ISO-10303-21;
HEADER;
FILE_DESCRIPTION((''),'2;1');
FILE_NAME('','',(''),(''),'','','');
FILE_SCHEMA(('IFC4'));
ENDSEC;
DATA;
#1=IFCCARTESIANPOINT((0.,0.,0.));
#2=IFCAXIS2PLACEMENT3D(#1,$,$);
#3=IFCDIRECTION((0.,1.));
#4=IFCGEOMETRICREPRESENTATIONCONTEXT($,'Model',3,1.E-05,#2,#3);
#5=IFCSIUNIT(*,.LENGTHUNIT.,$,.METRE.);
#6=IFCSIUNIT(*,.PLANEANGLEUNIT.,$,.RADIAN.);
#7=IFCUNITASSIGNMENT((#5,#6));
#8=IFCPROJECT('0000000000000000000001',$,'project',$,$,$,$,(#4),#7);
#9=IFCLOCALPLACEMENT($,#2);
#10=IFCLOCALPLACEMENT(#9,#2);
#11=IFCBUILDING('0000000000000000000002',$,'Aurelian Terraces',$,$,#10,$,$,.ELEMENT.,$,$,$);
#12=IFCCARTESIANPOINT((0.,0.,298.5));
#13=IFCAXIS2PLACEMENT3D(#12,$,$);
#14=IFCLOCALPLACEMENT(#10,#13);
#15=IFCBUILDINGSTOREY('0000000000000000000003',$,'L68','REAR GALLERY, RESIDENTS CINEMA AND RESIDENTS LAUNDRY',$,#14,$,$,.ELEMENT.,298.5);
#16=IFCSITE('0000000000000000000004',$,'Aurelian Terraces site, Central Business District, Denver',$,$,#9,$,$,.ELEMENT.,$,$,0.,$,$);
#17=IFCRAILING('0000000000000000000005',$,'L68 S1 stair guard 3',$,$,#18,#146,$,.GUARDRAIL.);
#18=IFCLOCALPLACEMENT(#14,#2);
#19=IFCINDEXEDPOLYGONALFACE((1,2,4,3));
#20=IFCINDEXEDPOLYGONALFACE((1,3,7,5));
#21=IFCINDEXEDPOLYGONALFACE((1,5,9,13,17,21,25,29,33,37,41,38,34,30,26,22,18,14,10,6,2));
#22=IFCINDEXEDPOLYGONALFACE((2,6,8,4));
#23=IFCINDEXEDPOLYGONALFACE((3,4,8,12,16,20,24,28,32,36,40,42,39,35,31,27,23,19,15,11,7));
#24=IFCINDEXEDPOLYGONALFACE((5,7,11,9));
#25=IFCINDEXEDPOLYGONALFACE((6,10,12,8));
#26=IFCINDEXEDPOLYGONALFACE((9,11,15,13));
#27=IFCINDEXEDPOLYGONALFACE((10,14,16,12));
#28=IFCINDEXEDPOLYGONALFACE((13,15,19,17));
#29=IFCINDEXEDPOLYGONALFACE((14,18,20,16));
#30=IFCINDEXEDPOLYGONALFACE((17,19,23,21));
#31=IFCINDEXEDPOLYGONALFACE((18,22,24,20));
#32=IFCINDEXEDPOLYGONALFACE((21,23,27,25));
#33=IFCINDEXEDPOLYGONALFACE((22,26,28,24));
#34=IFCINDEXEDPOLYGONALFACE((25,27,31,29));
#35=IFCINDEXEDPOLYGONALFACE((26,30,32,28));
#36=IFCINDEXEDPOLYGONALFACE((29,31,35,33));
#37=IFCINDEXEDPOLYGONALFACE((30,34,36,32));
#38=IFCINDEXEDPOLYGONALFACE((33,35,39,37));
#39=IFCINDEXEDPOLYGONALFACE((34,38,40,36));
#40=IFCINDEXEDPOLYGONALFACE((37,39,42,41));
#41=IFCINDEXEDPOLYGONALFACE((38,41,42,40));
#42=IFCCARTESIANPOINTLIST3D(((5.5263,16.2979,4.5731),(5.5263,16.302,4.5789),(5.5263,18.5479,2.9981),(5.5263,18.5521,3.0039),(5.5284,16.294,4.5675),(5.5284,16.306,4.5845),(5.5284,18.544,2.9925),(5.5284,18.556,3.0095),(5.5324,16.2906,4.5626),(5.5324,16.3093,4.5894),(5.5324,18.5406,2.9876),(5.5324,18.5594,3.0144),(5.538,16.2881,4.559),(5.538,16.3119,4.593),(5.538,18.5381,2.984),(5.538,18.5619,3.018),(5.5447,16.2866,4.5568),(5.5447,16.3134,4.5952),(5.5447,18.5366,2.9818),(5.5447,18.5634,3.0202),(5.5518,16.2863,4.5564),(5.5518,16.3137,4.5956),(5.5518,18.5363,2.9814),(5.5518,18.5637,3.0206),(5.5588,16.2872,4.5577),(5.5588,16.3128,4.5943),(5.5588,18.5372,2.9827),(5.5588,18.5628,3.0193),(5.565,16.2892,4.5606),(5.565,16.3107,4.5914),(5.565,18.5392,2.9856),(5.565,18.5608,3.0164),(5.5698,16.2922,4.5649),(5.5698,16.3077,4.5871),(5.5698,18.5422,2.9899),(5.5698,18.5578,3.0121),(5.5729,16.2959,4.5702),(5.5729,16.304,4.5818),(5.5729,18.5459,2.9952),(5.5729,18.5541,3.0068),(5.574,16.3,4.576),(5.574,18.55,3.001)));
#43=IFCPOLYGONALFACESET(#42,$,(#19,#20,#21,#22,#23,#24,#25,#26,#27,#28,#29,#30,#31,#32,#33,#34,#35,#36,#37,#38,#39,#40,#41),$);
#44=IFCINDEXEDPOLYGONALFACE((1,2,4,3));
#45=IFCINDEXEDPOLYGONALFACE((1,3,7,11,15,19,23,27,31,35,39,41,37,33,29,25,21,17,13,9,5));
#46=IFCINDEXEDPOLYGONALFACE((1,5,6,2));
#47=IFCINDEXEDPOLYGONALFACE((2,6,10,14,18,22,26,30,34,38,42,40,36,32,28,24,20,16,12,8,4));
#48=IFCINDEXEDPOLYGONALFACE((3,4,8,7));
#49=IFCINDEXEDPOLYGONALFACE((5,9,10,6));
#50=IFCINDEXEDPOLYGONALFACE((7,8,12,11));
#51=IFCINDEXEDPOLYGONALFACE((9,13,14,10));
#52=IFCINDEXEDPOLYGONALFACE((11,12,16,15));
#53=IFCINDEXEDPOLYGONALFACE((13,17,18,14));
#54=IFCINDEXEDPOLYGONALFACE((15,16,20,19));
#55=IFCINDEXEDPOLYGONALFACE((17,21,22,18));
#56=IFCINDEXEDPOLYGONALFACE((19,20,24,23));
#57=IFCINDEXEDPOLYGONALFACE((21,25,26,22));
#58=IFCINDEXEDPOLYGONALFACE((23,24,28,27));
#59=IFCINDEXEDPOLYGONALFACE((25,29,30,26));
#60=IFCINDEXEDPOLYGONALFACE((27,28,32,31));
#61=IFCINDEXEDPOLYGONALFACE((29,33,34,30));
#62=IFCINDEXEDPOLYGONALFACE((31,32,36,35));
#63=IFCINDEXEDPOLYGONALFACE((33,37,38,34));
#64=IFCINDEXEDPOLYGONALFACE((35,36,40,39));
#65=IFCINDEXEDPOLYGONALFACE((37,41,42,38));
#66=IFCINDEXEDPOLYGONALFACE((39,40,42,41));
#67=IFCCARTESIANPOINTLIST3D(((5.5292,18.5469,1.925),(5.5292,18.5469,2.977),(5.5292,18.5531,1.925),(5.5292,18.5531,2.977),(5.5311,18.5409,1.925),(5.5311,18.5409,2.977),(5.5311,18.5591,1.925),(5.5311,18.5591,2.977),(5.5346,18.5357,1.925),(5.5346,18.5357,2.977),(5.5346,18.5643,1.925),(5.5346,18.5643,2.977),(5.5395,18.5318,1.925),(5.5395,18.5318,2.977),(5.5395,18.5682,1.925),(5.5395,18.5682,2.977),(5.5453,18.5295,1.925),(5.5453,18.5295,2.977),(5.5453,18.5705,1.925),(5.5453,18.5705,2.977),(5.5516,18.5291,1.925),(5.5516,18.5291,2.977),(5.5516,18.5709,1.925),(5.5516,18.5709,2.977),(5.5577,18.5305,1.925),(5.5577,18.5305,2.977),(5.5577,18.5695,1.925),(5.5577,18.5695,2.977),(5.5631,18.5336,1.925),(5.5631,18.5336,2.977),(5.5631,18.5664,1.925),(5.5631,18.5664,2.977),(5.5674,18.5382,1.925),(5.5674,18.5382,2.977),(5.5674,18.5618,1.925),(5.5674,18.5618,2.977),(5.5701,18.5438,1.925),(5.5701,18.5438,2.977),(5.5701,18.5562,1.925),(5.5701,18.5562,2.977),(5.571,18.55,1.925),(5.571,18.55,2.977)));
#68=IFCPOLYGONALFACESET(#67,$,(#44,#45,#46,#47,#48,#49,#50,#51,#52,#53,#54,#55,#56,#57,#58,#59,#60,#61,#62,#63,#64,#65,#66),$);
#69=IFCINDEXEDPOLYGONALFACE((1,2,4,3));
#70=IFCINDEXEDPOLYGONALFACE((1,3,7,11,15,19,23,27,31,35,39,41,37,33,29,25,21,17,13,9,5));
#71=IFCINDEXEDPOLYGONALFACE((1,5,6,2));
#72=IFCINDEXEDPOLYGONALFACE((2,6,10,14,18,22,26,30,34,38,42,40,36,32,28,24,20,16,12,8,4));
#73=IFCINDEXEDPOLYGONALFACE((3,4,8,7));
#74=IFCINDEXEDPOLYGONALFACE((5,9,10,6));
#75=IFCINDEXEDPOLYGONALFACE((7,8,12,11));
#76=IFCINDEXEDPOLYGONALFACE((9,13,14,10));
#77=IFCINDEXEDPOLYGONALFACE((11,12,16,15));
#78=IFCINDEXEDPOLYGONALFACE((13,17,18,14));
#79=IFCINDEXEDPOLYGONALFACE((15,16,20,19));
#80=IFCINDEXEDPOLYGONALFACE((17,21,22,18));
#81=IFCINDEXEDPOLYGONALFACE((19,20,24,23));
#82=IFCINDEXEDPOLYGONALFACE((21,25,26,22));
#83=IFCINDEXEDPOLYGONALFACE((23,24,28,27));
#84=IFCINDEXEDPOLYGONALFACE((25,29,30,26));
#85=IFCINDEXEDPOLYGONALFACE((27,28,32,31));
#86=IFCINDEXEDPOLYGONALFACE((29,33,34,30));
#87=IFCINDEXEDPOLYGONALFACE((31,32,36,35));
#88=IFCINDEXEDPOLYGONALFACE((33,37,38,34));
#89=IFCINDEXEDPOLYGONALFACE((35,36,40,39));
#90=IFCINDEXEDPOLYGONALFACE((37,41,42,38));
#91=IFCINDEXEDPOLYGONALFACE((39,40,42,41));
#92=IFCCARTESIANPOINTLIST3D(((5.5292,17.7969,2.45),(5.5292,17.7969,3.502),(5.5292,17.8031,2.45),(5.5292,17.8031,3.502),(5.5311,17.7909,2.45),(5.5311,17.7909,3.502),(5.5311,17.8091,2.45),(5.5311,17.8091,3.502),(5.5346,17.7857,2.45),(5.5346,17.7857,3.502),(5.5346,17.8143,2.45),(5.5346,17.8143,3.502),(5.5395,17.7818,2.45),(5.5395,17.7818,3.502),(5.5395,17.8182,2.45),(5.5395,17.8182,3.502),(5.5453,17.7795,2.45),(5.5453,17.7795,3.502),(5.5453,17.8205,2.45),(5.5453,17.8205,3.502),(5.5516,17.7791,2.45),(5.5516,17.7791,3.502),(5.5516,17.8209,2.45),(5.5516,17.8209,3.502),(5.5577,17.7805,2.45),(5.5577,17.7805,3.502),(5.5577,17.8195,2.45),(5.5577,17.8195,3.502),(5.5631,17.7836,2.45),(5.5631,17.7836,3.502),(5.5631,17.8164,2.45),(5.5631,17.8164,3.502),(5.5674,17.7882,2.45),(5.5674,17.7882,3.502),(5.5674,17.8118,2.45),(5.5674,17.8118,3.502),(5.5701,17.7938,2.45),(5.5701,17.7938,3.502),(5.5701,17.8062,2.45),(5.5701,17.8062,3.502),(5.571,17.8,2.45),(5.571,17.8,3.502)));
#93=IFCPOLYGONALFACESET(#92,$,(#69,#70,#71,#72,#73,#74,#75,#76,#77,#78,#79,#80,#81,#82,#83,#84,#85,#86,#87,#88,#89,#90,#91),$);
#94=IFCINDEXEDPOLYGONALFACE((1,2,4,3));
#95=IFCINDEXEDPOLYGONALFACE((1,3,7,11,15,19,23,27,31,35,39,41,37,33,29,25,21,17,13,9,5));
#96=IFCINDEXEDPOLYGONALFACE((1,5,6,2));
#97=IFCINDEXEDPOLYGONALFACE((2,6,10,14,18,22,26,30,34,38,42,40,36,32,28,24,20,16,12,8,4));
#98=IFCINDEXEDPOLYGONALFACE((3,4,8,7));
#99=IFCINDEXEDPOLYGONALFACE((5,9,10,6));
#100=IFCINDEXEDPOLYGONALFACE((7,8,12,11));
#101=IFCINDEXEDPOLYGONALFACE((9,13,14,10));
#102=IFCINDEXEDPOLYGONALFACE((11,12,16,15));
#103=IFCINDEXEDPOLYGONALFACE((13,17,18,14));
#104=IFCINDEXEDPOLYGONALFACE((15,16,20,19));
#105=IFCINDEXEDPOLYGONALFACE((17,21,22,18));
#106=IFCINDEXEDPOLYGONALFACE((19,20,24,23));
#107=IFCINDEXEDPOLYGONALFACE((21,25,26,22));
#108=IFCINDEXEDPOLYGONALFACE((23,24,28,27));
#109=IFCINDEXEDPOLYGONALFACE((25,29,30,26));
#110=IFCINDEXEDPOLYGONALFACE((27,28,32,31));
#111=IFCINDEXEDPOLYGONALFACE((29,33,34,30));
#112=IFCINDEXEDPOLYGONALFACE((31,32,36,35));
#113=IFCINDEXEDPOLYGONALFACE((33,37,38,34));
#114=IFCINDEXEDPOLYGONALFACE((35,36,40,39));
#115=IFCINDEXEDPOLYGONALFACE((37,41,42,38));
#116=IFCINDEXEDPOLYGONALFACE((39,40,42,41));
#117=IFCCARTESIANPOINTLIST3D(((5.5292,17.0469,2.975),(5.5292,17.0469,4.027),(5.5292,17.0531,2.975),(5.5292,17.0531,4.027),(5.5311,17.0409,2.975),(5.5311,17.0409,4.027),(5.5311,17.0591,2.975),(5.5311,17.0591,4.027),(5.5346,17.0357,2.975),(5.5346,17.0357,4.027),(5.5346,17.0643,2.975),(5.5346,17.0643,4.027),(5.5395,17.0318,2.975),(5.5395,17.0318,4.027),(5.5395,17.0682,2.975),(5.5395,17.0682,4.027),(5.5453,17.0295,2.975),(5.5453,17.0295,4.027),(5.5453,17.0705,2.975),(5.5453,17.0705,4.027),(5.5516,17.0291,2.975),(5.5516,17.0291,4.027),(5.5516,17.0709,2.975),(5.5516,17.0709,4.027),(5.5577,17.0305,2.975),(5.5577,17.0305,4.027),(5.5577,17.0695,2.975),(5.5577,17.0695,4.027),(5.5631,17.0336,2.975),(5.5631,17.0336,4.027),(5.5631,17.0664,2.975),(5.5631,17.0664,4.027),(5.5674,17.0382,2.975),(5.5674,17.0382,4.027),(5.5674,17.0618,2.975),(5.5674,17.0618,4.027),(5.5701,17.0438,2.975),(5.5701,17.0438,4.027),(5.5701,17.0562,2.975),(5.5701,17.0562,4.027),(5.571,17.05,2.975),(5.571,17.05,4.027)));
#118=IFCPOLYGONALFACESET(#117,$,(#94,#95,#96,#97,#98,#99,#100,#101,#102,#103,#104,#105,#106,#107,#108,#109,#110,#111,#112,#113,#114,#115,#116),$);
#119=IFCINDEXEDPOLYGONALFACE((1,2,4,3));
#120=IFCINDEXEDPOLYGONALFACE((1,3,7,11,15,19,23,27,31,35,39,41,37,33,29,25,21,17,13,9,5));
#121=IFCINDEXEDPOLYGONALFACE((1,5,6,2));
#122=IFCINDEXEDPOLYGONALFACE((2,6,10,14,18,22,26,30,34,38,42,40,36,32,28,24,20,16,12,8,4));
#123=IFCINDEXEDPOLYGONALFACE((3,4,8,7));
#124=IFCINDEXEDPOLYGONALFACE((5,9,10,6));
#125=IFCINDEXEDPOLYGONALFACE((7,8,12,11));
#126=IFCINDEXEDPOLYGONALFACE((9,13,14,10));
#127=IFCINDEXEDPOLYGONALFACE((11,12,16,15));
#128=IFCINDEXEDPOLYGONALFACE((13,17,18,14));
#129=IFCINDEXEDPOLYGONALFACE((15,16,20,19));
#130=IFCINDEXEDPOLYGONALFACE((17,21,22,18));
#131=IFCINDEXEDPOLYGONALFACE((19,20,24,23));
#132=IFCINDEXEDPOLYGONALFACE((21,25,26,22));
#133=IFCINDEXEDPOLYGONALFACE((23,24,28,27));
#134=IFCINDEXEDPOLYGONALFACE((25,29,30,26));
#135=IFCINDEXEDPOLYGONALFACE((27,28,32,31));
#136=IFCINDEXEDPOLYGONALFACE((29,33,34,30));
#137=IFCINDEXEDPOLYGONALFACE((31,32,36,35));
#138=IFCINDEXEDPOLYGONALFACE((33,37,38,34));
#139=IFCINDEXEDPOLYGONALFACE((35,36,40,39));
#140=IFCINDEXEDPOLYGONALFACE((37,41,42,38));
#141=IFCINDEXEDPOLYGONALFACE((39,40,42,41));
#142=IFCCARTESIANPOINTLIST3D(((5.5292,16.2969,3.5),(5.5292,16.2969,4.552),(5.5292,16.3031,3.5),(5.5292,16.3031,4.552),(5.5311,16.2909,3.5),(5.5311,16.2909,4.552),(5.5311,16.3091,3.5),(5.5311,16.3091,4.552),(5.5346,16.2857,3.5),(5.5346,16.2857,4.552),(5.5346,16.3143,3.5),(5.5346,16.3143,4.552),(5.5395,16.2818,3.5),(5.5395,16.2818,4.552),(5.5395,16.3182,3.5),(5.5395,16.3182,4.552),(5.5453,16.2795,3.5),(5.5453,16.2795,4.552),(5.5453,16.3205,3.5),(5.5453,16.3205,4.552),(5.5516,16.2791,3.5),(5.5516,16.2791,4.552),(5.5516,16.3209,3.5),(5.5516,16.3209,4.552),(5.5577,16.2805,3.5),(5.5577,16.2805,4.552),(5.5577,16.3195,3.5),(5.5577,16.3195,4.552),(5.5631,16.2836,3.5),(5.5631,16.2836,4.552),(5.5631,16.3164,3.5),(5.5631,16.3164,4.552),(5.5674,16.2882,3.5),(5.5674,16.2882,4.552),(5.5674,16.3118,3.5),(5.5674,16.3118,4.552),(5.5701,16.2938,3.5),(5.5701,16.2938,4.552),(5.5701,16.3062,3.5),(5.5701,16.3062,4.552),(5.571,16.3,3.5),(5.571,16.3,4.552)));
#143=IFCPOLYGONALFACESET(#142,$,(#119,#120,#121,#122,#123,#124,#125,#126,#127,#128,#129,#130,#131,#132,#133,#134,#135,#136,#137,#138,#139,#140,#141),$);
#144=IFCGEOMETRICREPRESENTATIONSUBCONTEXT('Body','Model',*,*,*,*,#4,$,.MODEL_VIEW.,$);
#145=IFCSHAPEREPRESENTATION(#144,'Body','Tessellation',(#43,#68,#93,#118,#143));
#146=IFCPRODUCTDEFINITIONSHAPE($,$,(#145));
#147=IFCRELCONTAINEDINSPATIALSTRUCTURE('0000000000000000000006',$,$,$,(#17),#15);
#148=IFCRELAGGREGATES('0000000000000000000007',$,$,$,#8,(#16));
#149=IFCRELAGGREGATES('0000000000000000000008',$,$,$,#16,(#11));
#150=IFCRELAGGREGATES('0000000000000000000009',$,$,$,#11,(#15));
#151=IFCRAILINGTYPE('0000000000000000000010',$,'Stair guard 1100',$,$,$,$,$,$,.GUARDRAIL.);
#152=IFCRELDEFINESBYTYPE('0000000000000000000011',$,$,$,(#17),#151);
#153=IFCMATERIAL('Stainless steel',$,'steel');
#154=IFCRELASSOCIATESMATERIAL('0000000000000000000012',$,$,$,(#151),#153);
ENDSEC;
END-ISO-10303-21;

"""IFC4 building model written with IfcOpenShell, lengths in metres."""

from ifc_helpers import new_model, si_unit, direction, frame, origin, origin_2d, place, context, subcontext, project, spatial, circle, extrude, source, transform, mapped, material, type_object, element, save


model = new_model("IFC4")

# Units and contexts
model_context = context("Model", 3, precision=1e-05, world=origin(), true_north=direction((0.0, 1.0)))
body_context = subcontext(model_context, "Body", "Model", "MODEL_VIEW")
ifc_project = project(units=[si_unit("LENGTHUNIT", "METRE"), si_unit("PLANEANGLEUNIT", "RADIAN")], contexts=[model_context])

# Site, building, storey
site_placement = place(None, origin())
site = spatial("IfcSite", under=ifc_project, at=site_placement, Name="Aurelian Terraces site, Central Business District, Denver", CompositionType="ELEMENT", RefElevation=0.0)
building_placement = place(site_placement, origin())
building = spatial("IfcBuilding", under=site, at=building_placement, Name="Aurelian Terraces", CompositionType="ELEMENT")
storey_placement = place(building_placement, frame((0.0, 0.0, 298.5)))
storey = spatial("IfcBuildingStorey", under=building, at=storey_placement, Name="L68", Description="REAR GALLERY, RESIDENTS CINEMA AND RESIDENTS LAUNDRY", CompositionType="ELEMENT", Elevation=298.5)

# Railing
ifc_material_1 = material(Name="Stainless steel", Category="steel")
railing_type_1 = type_object("IfcRailingType", Name="Stair guard 1100", PredefinedType="GUARDRAIL", material=ifc_material_1)
shared_shape_1 = source(origin(), body_context, "Body", "SweptSolid", [
    extrude(circle(Radius=0.024, at=origin_2d()), frame((0.0, 0.0, 1.076), z_axis=(0.0, -0.819232, 0.573462), x_axis=(1.0, 0.0, 0.0)), (0.0, 0.0, 1.0), 2.7465),
    extrude(circle(Radius=0.021, at=origin_2d()), origin(), (0.0, 0.0, 1.0), 1.052),
    extrude(circle(Radius=0.021, at=origin_2d()), frame((0.0, -0.75, 0.525)), (0.0, 0.0, 1.0), 1.052),
    extrude(circle(Radius=0.021, at=origin_2d()), frame((0.0, -1.5, 1.05)), (0.0, 0.0, 1.0), 1.052),
    extrude(circle(Radius=0.021, at=origin_2d()), frame((0.0, -2.25, 1.575)), (0.0, 0.0, 1.0), 1.052),
])
railing_1_placement = place(storey_placement, frame((5.55, 18.55, 1.925)))
element("IfcRailing", 1, at=railing_1_placement, inside=storey, type_object=railing_type_1, Name="L68 S1 stair guard 3", PredefinedType="GUARDRAIL", context=body_context, shape_type="MappedRepresentation", body=[
    mapped(shared_shape_1, transform((0.0, 0.0, 0.0), scale=1.0)),
])

save(model, "model.ifc")
